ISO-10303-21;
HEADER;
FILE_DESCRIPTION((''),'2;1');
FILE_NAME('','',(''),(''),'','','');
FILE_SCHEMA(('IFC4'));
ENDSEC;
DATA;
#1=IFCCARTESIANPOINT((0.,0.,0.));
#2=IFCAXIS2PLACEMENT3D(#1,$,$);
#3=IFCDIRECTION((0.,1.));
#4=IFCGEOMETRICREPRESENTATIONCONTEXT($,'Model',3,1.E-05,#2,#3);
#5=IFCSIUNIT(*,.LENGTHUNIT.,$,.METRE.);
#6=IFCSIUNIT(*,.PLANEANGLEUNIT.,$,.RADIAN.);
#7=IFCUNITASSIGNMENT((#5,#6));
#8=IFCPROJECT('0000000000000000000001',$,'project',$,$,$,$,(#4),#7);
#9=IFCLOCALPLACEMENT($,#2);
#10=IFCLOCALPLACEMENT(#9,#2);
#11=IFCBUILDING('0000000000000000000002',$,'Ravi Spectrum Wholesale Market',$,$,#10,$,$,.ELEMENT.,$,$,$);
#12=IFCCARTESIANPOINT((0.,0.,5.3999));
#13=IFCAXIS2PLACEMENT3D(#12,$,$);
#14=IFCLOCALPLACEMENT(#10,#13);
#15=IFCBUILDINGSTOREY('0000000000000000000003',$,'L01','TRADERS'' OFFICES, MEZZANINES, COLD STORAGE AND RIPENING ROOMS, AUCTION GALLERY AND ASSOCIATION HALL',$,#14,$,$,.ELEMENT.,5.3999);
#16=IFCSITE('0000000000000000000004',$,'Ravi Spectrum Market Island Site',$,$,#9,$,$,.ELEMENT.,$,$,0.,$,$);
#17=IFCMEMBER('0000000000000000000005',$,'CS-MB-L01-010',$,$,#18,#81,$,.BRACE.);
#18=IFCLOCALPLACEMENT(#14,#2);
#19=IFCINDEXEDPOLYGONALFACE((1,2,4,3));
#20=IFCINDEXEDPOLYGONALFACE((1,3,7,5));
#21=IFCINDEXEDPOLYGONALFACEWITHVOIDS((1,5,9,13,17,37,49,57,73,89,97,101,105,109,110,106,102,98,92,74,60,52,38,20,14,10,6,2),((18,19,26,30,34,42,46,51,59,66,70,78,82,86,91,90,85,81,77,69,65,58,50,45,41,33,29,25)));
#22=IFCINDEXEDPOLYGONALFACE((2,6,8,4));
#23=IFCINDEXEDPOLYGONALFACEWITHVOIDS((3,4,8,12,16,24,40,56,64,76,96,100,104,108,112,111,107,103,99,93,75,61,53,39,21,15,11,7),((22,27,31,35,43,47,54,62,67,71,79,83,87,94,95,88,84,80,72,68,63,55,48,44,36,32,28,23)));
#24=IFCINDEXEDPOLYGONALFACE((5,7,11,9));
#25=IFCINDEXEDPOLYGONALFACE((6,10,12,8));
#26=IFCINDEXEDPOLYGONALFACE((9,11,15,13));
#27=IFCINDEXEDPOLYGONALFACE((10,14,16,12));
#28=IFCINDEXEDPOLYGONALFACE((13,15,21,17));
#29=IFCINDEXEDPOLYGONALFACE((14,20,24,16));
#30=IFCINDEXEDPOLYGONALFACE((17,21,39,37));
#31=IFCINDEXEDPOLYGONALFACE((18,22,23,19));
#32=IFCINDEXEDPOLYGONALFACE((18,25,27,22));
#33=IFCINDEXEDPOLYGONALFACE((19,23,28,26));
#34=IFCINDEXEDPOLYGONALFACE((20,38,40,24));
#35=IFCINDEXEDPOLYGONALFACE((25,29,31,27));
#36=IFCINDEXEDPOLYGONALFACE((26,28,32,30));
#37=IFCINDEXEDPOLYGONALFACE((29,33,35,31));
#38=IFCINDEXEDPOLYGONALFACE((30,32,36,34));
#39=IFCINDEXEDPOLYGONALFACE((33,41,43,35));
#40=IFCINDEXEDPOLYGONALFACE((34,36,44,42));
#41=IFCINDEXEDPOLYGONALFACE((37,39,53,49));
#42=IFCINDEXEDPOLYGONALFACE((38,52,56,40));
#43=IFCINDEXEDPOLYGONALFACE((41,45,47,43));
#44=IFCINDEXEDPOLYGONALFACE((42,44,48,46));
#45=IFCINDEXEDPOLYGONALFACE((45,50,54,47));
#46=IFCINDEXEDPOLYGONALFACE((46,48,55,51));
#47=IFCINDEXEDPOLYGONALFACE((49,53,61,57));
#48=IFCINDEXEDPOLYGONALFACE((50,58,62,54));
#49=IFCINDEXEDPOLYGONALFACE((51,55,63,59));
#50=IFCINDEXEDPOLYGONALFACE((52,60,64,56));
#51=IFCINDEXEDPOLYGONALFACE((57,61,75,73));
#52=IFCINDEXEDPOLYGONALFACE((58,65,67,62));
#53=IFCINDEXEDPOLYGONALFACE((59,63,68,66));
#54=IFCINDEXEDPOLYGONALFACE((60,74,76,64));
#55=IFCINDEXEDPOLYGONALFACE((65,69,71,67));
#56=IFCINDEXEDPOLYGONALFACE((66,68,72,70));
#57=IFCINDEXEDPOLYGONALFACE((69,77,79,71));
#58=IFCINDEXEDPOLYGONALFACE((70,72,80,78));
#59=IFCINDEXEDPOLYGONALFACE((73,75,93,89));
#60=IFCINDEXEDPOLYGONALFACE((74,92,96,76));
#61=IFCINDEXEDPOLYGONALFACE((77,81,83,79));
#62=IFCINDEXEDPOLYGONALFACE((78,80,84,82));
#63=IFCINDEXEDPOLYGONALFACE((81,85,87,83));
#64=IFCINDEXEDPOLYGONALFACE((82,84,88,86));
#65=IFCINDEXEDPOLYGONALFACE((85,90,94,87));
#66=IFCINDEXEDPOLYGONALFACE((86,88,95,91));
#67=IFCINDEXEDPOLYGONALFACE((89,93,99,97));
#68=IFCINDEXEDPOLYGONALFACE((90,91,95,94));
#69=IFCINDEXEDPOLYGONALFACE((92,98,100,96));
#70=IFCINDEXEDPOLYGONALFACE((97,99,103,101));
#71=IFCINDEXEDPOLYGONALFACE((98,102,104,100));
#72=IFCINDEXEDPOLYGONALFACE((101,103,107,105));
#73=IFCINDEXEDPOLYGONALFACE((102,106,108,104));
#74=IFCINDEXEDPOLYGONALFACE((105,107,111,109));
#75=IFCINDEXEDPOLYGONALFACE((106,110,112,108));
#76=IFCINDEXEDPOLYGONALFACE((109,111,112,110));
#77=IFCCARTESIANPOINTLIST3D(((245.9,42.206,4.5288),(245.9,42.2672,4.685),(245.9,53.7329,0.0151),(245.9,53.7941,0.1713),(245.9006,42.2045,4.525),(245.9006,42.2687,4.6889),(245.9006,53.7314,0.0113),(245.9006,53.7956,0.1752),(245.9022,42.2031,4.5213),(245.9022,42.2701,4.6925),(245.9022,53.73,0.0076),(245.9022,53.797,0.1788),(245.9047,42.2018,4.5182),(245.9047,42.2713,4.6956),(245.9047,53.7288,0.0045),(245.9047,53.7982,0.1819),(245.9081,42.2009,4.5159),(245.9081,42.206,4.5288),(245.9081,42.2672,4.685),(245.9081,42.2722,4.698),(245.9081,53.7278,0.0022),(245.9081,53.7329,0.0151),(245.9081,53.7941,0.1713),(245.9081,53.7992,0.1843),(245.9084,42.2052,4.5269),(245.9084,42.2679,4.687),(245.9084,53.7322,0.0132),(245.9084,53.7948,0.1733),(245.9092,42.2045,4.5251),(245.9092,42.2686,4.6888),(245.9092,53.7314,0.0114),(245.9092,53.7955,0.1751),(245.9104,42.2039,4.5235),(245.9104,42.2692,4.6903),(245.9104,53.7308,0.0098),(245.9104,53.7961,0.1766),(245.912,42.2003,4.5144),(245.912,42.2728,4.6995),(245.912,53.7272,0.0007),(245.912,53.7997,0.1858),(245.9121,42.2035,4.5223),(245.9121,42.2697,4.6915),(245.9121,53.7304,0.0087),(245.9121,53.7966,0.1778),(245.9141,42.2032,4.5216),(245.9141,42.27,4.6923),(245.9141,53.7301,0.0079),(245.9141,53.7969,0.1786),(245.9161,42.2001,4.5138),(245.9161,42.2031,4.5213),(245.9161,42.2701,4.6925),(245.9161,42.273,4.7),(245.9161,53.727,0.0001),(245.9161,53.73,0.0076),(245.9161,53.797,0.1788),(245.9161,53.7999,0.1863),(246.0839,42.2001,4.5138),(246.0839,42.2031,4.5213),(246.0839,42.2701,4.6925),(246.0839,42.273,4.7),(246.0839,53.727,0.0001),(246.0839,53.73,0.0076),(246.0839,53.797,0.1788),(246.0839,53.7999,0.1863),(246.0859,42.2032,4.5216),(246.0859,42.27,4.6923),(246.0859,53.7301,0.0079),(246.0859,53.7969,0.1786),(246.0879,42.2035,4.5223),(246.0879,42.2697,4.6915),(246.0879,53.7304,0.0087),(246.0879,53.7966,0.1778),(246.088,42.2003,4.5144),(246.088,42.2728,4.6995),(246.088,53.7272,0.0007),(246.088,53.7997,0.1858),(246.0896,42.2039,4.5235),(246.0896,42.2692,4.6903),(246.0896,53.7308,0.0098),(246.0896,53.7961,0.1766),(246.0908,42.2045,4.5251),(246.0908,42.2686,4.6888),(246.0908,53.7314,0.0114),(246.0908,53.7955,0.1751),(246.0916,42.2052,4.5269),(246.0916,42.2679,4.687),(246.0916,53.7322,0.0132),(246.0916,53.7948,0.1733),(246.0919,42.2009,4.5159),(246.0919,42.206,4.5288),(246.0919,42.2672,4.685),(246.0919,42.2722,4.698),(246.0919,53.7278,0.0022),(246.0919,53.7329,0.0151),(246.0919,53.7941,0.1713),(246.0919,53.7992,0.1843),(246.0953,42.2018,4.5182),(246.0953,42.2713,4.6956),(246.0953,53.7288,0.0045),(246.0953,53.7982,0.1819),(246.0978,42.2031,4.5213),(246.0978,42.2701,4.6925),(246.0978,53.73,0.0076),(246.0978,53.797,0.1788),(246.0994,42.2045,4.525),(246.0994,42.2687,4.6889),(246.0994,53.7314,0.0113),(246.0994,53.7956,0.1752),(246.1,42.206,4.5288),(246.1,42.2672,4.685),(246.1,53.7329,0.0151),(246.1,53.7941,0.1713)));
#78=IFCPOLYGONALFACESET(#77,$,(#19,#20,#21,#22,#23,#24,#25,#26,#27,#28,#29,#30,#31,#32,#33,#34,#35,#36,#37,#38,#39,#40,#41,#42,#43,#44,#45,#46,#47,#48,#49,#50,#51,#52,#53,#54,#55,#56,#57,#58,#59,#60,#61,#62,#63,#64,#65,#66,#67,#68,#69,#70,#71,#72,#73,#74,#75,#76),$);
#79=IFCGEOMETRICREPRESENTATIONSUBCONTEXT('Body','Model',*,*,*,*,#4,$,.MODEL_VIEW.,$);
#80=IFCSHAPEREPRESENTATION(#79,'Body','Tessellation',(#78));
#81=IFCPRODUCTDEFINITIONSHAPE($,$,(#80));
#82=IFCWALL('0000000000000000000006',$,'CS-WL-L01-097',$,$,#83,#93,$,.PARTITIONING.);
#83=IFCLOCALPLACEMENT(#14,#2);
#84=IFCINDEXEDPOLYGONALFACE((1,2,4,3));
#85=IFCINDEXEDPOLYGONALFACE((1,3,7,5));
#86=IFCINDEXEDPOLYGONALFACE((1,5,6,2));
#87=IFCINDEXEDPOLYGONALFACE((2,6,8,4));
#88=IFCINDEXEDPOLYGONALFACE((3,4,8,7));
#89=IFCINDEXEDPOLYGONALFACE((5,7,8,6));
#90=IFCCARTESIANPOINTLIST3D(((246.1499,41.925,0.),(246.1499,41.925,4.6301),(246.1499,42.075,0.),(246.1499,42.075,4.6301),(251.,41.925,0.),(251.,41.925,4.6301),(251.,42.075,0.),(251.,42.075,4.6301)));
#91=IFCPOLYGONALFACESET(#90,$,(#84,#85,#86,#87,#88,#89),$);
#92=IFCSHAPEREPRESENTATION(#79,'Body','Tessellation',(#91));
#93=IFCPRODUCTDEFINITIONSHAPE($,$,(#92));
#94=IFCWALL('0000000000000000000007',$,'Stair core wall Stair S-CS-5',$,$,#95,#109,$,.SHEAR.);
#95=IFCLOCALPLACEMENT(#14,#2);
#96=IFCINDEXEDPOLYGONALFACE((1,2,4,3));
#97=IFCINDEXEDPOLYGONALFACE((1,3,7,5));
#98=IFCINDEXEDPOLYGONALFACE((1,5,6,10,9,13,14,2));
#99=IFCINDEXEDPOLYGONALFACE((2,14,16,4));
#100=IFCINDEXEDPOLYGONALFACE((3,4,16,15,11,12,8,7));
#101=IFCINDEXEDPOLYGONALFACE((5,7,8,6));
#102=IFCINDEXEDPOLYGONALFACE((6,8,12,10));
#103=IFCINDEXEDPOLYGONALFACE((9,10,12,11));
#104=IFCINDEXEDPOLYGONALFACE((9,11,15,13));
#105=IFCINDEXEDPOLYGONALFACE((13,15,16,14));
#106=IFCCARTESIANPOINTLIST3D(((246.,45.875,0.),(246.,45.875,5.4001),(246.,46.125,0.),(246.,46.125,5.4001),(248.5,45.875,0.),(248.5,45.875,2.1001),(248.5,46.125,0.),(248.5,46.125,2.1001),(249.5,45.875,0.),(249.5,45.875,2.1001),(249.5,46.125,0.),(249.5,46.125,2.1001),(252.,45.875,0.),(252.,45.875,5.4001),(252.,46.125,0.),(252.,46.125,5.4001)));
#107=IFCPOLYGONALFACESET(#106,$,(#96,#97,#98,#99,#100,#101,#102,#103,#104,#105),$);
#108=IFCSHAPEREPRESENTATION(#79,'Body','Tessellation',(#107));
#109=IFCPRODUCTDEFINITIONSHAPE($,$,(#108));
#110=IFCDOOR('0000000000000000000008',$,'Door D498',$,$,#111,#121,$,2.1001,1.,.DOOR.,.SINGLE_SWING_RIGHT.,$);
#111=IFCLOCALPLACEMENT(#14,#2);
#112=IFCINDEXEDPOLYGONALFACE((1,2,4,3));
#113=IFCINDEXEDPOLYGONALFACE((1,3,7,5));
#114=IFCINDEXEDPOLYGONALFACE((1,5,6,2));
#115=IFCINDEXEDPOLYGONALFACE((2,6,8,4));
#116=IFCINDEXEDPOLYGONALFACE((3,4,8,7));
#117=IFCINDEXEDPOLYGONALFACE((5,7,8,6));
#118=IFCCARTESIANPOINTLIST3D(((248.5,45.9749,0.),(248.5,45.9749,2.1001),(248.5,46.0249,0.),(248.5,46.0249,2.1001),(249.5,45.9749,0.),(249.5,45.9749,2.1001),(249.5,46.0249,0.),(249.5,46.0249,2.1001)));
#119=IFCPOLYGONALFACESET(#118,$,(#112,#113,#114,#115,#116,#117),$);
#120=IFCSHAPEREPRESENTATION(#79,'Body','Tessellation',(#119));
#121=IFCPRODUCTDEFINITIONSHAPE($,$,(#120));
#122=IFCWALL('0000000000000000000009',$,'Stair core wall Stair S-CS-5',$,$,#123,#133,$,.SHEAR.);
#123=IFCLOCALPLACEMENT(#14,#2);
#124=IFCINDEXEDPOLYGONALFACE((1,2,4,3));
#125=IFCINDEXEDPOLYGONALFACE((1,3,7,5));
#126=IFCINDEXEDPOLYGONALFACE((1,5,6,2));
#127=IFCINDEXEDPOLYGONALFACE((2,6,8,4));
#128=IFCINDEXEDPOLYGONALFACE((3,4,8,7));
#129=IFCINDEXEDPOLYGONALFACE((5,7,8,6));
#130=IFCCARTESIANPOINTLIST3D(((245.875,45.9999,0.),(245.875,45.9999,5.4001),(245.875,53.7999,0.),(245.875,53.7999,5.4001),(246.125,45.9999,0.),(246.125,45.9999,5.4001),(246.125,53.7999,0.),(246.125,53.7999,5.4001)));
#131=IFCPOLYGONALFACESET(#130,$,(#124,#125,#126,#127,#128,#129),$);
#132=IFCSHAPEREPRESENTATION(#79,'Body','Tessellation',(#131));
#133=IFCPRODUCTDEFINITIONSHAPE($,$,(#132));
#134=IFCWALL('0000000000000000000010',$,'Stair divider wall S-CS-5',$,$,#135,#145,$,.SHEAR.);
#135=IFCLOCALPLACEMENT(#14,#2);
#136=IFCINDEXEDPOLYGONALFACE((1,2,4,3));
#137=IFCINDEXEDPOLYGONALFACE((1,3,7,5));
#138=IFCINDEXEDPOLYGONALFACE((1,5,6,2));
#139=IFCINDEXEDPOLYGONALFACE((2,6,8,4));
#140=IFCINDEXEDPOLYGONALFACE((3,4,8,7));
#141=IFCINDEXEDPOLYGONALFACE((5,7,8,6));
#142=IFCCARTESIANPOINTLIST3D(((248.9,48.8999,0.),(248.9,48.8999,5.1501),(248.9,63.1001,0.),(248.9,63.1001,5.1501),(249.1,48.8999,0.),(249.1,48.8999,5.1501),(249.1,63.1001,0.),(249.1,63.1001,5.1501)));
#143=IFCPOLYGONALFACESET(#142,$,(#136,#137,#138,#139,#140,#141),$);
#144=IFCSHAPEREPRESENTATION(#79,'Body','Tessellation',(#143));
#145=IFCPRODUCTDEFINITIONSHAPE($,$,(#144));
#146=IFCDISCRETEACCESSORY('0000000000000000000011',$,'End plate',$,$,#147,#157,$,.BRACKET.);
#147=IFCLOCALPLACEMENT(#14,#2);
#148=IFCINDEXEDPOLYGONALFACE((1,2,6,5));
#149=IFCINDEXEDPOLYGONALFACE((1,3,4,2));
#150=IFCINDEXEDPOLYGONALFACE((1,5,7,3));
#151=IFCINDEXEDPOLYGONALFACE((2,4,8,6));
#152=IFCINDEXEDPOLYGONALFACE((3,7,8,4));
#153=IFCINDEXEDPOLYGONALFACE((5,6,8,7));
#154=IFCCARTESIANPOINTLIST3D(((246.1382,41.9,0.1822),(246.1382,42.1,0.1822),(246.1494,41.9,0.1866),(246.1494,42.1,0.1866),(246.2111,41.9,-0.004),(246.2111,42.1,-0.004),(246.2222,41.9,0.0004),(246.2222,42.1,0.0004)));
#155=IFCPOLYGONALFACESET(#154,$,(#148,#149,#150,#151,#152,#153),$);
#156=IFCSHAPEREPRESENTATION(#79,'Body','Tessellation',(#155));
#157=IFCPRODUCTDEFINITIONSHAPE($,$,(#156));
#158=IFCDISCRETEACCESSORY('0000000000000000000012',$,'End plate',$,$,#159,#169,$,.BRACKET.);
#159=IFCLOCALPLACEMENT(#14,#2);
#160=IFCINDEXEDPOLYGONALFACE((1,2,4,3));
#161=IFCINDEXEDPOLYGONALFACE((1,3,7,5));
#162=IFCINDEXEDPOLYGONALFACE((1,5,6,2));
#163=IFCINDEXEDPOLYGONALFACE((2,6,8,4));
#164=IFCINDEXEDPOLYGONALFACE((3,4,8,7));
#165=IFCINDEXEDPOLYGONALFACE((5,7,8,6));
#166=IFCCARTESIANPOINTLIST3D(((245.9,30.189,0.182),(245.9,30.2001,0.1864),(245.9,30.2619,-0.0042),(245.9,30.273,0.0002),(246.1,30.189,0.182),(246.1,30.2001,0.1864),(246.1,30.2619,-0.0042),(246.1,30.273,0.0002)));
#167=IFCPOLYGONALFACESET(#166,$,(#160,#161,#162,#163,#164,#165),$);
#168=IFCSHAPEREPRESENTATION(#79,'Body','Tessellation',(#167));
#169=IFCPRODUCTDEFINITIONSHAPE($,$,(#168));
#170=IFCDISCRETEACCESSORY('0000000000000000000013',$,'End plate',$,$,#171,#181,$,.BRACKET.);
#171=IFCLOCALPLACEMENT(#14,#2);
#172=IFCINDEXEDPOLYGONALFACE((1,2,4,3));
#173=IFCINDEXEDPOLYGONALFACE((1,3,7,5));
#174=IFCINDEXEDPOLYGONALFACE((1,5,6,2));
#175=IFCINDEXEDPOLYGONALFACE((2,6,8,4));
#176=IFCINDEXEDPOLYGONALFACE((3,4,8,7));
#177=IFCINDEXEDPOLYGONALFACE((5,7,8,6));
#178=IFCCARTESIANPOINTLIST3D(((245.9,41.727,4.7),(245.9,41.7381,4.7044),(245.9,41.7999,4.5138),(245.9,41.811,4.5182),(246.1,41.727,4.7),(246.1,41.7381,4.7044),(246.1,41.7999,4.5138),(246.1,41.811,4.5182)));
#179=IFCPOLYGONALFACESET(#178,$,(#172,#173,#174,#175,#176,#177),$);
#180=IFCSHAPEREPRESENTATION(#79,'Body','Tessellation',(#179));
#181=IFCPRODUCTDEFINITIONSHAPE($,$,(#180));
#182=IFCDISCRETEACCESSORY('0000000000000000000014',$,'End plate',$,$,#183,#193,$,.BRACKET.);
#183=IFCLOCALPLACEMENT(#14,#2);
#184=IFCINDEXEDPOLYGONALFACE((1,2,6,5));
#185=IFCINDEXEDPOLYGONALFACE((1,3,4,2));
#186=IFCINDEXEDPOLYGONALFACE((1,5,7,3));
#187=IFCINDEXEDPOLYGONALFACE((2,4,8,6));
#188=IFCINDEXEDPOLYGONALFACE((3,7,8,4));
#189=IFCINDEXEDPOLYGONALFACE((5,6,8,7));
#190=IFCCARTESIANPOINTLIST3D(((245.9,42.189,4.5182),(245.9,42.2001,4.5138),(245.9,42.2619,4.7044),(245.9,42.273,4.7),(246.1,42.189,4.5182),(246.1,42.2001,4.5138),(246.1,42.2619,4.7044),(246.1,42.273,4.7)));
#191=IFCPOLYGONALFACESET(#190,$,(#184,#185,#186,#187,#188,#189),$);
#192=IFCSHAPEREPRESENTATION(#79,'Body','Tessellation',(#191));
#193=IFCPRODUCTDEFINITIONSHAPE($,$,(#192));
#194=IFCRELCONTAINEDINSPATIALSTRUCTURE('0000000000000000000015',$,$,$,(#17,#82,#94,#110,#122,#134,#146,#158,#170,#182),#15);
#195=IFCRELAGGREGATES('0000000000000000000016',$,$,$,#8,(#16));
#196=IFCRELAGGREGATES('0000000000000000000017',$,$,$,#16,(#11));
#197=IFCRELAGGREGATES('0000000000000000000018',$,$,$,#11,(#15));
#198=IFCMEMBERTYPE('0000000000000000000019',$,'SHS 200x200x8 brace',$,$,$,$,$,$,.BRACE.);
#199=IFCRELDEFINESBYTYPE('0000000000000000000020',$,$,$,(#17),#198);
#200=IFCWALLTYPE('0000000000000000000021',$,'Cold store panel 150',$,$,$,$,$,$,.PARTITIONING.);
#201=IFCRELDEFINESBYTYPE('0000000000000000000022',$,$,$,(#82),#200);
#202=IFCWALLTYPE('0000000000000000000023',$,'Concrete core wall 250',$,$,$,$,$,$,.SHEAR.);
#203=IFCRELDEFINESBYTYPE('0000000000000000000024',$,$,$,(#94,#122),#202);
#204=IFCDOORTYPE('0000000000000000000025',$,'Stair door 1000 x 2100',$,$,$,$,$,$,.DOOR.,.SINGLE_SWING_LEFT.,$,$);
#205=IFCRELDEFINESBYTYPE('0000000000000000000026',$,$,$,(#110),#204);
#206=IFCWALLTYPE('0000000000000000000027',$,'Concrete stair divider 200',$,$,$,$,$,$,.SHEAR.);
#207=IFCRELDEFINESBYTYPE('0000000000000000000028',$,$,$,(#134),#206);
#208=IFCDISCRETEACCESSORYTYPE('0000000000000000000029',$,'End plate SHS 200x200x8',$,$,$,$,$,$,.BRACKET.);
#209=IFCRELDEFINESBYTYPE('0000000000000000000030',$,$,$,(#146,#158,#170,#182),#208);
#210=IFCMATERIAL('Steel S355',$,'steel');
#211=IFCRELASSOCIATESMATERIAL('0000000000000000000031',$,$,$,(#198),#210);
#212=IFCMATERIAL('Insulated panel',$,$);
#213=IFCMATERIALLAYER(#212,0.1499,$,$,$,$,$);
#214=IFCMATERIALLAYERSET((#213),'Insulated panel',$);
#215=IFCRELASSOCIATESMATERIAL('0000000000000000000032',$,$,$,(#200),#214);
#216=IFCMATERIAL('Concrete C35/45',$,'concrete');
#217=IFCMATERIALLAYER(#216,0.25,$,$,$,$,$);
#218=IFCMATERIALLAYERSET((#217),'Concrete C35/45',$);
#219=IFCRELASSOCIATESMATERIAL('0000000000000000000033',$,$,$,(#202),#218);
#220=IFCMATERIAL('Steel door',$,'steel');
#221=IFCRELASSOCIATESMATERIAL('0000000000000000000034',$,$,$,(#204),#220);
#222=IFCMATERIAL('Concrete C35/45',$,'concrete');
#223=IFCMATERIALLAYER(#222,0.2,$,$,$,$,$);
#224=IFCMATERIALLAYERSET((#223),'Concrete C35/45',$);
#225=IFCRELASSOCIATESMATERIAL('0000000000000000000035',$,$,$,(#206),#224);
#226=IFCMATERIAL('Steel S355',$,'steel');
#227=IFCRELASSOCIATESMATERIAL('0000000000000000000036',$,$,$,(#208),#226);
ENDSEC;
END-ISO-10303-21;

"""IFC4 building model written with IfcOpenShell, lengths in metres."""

from ifc_helpers import new_model, si_unit, direction, frame, frame_2d, origin, origin_2d, place, context, subcontext, project, spatial, rectangle, hollow_rectangle, extrude, material, layer, layer_set, material_profile, profile_set, type_object, element, fill, save


model = new_model("IFC4")

# Units and contexts
model_context = context("Model", 3, precision=1e-05, world=origin(), true_north=direction((0.0, 1.0)))
body_context = subcontext(model_context, "Body", "Model", "MODEL_VIEW")
ifc_project = project(units=[si_unit("LENGTHUNIT", "METRE"), si_unit("PLANEANGLEUNIT", "RADIAN")], contexts=[model_context])

# Site, building, storey
site_placement = place(None, origin())
site = spatial("IfcSite", under=ifc_project, at=site_placement, Name="Ravi Spectrum Market Island Site", CompositionType="ELEMENT", RefElevation=0.0)
building_placement = place(site_placement, origin())
building = spatial("IfcBuilding", under=site, at=building_placement, Name="Ravi Spectrum Wholesale Market", CompositionType="ELEMENT")
storey_placement = place(building_placement, frame((0.0, 0.0, 5.3999)))
storey = spatial("IfcBuildingStorey", under=building, at=storey_placement, Name="L01", Description="TRADERS' OFFICES, MEZZANINES, COLD STORAGE AND RIPENING ROOMS, AUCTION GALLERY AND ASSOCIATION HALL", CompositionType="ELEMENT", Elevation=5.3999)

# Member
ifc_material_1 = material(Name="Steel S355", Category="steel")
ifc_material_profile_1 = material_profile(ifc_material_1, hollow_rectangle(XDim=0.2, YDim=0.2, WallThickness=0.0081, InnerFilletRadius=0.0081, OuterFilletRadius=0.0161, at=origin_2d()))
ifc_profile_set_1 = profile_set([ifc_material_profile_1], Name="Steel S355")
member_type = type_object("IfcMemberType", Name="SHS 200x200x8 brace", PredefinedType="BRACE", material=ifc_profile_set_1)
for number, where, z_axis, x_axis, name in (
    (1, (246.0, 42.2366, 4.6069), (0.0, 0.931156, -0.364621), (-1.0, 0.0, 0.0), "CS-MB-L01-010"),
):
    element("IfcMember", number, at=place(storey_placement, frame(where, z_axis=z_axis, x_axis=x_axis)), inside=storey, type_object=member_type, Name=name, PredefinedType="BRACE", context=body_context, shape_type="SweptSolid", body=[
        extrude(hollow_rectangle(XDim=0.2, YDim=0.2, WallThickness=0.0081, InnerFilletRadius=0.0081, OuterFilletRadius=0.0161, at=origin_2d()), origin(), (0.0, 0.0, 1.0), 12.3792),
    ])

# Wall
ifc_material_2 = material(Name="Insulated panel")
ifc_layer_1 = layer(ifc_material_2, 0.1499)
ifc_layer_set_1 = layer_set([ifc_layer_1], Name="Insulated panel")
wall_type_1 = type_object("IfcWallType", Name="Cold store panel 150", PredefinedType="PARTITIONING", material=ifc_layer_set_1)
wall_1_placement = place(storey_placement, frame((246.1499, 42.0, 0.0), z_axis=(0.0, 0.0, 1.0), x_axis=(1.0, 0.0, 0.0)))
element("IfcWall", 2, at=wall_1_placement, inside=storey, type_object=wall_type_1, Name="CS-WL-L01-097", PredefinedType="PARTITIONING", context=body_context, shape_type="SweptSolid", body=[
    extrude(rectangle(XDim=4.8501, YDim=0.1499, at=frame_2d((2.425, 0.0))), origin(), (0.0, 0.0, 1.0), 4.6301),
])

# Wall, opening, door
ifc_material_3 = material(Name="Concrete C35/45", Category="concrete")
ifc_layer_2 = layer(ifc_material_3, 0.25)
ifc_layer_set_2 = layer_set([ifc_layer_2], Name="Concrete C35/45")
wall_type_2 = type_object("IfcWallType", Name="Concrete core wall 250", PredefinedType="SHEAR", material=ifc_layer_set_2)
wall_2_placement = place(storey_placement, frame((246.0, 46.0, 0.0), z_axis=(0.0, 0.0, 1.0), x_axis=(1.0, 0.0, 0.0)))
wall_2 = element("IfcWall", 3, at=wall_2_placement, inside=storey, type_object=wall_type_2, Name="Stair core wall Stair S-CS-5", PredefinedType="SHEAR", context=body_context, shape_type="SweptSolid", body=[
    extrude(rectangle(XDim=6.0, YDim=0.25, at=frame_2d((3.0, 0.0))), origin(), (0.0, 0.0, 1.0), 5.4001),
])
opening_placement = place(wall_2_placement, frame((2.5, 0.0, 0.0)))
opening = element("IfcOpeningElement", 4, at=opening_placement, cuts=wall_2, PredefinedType="OPENING", context=body_context, shape_type="SweptSolid", body=[
    extrude(rectangle(XDim=1.0, YDim=2.1001, at=frame_2d((0.5, 1.05))), frame((0.0, 0.135, 0.0), z_axis=(0.0, -1.0, 0.0), x_axis=(1.0, 0.0, 0.0)), (0.0, 0.0, 1.0), 0.27),
])
ifc_material_4 = material(Name="Steel door", Category="steel")
door_type = type_object("IfcDoorType", Name="Stair door 1000 x 2100", OperationType="SINGLE_SWING_LEFT", PredefinedType="DOOR", material=ifc_material_4)
door_placement = place(opening_placement, origin())
door = element("IfcDoor", 5, at=door_placement, inside=storey, type_object=door_type, Name="Door D498", OperationType="SINGLE_SWING_RIGHT", OverallHeight=2.1001, OverallWidth=1.0, PredefinedType="DOOR", context=body_context, shape_type="SweptSolid", body=[
    extrude(rectangle(XDim=1.0, YDim=2.1001, at=frame_2d((0.5, 1.05))), frame((0.0, 0.0249, 0.0), z_axis=(0.0, -1.0, 0.0), x_axis=(1.0, 0.0, 0.0)), (0.0, 0.0, 1.0), 0.05),
])
fill(opening, door)

# Walls
wall_3_placement = place(storey_placement, frame((246.0, 46.0, 0.0), z_axis=(0.0, 0.0, 1.0), x_axis=(0.0, 1.0, 0.0)))
element("IfcWall", 6, at=wall_3_placement, inside=storey, type_object=wall_type_2, Name="Stair core wall Stair S-CS-5", PredefinedType="SHEAR", context=body_context, shape_type="SweptSolid", body=[
    extrude(rectangle(XDim=7.8, YDim=0.25, at=frame_2d((3.8999, 0.0))), origin(), (0.0, 0.0, 1.0), 5.4001),
])
ifc_material_5 = material(Name="Concrete C35/45", Category="concrete")
ifc_layer_3 = layer(ifc_material_5, 0.2)
ifc_layer_set_3 = layer_set([ifc_layer_3], Name="Concrete C35/45")
wall_type_3 = type_object("IfcWallType", Name="Concrete stair divider 200", PredefinedType="SHEAR", material=ifc_layer_set_3)
wall_4_placement = place(storey_placement, frame((249.0, 48.8999, 0.0), z_axis=(0.0, 0.0, 1.0), x_axis=(0.0, 1.0, 0.0)))
element("IfcWall", 7, at=wall_4_placement, inside=storey, type_object=wall_type_3, Name="Stair divider wall S-CS-5", PredefinedType="SHEAR", context=body_context, shape_type="SweptSolid", body=[
    extrude(rectangle(XDim=14.2002, YDim=0.2, at=frame_2d((7.1001, 0.0))), origin(), (0.0, 0.0, 1.0), 5.1501),
])

# Discrete accessories
ifc_material_6 = material(Name="Steel S355", Category="steel")
ifc_material_profile_2 = material_profile(ifc_material_6, rectangle(XDim=0.2, YDim=0.2, at=origin_2d()))
ifc_profile_set_2 = profile_set([ifc_material_profile_2], Name="Steel S355")
discrete_accessory_type = type_object("IfcDiscreteAccessoryType", Name="End plate SHS 200x200x8", PredefinedType="BRACKET", material=ifc_profile_set_2)
for number, where, z_axis, x_axis, name in (
    (8, (246.1858, 42.0, 0.0935), (-0.931243, 0.0, -0.364399), (0.0, -1.0, 0.0), "End plate"),
    (9, (246.0, 30.2366, 0.0933), (0.0, -0.931243, -0.364399), (1.0, 0.0, 0.0), "End plate"),
    (10, (246.0, 41.7634, 4.6069), (0.0, 0.931243, 0.364399), (-1.0, 0.0, 0.0), "End plate"),
    (11, (246.0, 42.2366, 4.6069), (0.0, -0.931243, 0.364399), (1.0, 0.0, 0.0), "End plate"),
):
    element("IfcDiscreteAccessory", number, at=place(storey_placement, frame(where, z_axis=z_axis, x_axis=x_axis)), inside=storey, type_object=discrete_accessory_type, Name=name, PredefinedType="BRACKET", context=body_context, shape_type="SweptSolid", body=[
        extrude(rectangle(XDim=0.2, YDim=0.2, at=origin_2d()), origin(), (0.0, 0.0, 1.0), 0.012),
    ])

save(model, "model.ifc")
